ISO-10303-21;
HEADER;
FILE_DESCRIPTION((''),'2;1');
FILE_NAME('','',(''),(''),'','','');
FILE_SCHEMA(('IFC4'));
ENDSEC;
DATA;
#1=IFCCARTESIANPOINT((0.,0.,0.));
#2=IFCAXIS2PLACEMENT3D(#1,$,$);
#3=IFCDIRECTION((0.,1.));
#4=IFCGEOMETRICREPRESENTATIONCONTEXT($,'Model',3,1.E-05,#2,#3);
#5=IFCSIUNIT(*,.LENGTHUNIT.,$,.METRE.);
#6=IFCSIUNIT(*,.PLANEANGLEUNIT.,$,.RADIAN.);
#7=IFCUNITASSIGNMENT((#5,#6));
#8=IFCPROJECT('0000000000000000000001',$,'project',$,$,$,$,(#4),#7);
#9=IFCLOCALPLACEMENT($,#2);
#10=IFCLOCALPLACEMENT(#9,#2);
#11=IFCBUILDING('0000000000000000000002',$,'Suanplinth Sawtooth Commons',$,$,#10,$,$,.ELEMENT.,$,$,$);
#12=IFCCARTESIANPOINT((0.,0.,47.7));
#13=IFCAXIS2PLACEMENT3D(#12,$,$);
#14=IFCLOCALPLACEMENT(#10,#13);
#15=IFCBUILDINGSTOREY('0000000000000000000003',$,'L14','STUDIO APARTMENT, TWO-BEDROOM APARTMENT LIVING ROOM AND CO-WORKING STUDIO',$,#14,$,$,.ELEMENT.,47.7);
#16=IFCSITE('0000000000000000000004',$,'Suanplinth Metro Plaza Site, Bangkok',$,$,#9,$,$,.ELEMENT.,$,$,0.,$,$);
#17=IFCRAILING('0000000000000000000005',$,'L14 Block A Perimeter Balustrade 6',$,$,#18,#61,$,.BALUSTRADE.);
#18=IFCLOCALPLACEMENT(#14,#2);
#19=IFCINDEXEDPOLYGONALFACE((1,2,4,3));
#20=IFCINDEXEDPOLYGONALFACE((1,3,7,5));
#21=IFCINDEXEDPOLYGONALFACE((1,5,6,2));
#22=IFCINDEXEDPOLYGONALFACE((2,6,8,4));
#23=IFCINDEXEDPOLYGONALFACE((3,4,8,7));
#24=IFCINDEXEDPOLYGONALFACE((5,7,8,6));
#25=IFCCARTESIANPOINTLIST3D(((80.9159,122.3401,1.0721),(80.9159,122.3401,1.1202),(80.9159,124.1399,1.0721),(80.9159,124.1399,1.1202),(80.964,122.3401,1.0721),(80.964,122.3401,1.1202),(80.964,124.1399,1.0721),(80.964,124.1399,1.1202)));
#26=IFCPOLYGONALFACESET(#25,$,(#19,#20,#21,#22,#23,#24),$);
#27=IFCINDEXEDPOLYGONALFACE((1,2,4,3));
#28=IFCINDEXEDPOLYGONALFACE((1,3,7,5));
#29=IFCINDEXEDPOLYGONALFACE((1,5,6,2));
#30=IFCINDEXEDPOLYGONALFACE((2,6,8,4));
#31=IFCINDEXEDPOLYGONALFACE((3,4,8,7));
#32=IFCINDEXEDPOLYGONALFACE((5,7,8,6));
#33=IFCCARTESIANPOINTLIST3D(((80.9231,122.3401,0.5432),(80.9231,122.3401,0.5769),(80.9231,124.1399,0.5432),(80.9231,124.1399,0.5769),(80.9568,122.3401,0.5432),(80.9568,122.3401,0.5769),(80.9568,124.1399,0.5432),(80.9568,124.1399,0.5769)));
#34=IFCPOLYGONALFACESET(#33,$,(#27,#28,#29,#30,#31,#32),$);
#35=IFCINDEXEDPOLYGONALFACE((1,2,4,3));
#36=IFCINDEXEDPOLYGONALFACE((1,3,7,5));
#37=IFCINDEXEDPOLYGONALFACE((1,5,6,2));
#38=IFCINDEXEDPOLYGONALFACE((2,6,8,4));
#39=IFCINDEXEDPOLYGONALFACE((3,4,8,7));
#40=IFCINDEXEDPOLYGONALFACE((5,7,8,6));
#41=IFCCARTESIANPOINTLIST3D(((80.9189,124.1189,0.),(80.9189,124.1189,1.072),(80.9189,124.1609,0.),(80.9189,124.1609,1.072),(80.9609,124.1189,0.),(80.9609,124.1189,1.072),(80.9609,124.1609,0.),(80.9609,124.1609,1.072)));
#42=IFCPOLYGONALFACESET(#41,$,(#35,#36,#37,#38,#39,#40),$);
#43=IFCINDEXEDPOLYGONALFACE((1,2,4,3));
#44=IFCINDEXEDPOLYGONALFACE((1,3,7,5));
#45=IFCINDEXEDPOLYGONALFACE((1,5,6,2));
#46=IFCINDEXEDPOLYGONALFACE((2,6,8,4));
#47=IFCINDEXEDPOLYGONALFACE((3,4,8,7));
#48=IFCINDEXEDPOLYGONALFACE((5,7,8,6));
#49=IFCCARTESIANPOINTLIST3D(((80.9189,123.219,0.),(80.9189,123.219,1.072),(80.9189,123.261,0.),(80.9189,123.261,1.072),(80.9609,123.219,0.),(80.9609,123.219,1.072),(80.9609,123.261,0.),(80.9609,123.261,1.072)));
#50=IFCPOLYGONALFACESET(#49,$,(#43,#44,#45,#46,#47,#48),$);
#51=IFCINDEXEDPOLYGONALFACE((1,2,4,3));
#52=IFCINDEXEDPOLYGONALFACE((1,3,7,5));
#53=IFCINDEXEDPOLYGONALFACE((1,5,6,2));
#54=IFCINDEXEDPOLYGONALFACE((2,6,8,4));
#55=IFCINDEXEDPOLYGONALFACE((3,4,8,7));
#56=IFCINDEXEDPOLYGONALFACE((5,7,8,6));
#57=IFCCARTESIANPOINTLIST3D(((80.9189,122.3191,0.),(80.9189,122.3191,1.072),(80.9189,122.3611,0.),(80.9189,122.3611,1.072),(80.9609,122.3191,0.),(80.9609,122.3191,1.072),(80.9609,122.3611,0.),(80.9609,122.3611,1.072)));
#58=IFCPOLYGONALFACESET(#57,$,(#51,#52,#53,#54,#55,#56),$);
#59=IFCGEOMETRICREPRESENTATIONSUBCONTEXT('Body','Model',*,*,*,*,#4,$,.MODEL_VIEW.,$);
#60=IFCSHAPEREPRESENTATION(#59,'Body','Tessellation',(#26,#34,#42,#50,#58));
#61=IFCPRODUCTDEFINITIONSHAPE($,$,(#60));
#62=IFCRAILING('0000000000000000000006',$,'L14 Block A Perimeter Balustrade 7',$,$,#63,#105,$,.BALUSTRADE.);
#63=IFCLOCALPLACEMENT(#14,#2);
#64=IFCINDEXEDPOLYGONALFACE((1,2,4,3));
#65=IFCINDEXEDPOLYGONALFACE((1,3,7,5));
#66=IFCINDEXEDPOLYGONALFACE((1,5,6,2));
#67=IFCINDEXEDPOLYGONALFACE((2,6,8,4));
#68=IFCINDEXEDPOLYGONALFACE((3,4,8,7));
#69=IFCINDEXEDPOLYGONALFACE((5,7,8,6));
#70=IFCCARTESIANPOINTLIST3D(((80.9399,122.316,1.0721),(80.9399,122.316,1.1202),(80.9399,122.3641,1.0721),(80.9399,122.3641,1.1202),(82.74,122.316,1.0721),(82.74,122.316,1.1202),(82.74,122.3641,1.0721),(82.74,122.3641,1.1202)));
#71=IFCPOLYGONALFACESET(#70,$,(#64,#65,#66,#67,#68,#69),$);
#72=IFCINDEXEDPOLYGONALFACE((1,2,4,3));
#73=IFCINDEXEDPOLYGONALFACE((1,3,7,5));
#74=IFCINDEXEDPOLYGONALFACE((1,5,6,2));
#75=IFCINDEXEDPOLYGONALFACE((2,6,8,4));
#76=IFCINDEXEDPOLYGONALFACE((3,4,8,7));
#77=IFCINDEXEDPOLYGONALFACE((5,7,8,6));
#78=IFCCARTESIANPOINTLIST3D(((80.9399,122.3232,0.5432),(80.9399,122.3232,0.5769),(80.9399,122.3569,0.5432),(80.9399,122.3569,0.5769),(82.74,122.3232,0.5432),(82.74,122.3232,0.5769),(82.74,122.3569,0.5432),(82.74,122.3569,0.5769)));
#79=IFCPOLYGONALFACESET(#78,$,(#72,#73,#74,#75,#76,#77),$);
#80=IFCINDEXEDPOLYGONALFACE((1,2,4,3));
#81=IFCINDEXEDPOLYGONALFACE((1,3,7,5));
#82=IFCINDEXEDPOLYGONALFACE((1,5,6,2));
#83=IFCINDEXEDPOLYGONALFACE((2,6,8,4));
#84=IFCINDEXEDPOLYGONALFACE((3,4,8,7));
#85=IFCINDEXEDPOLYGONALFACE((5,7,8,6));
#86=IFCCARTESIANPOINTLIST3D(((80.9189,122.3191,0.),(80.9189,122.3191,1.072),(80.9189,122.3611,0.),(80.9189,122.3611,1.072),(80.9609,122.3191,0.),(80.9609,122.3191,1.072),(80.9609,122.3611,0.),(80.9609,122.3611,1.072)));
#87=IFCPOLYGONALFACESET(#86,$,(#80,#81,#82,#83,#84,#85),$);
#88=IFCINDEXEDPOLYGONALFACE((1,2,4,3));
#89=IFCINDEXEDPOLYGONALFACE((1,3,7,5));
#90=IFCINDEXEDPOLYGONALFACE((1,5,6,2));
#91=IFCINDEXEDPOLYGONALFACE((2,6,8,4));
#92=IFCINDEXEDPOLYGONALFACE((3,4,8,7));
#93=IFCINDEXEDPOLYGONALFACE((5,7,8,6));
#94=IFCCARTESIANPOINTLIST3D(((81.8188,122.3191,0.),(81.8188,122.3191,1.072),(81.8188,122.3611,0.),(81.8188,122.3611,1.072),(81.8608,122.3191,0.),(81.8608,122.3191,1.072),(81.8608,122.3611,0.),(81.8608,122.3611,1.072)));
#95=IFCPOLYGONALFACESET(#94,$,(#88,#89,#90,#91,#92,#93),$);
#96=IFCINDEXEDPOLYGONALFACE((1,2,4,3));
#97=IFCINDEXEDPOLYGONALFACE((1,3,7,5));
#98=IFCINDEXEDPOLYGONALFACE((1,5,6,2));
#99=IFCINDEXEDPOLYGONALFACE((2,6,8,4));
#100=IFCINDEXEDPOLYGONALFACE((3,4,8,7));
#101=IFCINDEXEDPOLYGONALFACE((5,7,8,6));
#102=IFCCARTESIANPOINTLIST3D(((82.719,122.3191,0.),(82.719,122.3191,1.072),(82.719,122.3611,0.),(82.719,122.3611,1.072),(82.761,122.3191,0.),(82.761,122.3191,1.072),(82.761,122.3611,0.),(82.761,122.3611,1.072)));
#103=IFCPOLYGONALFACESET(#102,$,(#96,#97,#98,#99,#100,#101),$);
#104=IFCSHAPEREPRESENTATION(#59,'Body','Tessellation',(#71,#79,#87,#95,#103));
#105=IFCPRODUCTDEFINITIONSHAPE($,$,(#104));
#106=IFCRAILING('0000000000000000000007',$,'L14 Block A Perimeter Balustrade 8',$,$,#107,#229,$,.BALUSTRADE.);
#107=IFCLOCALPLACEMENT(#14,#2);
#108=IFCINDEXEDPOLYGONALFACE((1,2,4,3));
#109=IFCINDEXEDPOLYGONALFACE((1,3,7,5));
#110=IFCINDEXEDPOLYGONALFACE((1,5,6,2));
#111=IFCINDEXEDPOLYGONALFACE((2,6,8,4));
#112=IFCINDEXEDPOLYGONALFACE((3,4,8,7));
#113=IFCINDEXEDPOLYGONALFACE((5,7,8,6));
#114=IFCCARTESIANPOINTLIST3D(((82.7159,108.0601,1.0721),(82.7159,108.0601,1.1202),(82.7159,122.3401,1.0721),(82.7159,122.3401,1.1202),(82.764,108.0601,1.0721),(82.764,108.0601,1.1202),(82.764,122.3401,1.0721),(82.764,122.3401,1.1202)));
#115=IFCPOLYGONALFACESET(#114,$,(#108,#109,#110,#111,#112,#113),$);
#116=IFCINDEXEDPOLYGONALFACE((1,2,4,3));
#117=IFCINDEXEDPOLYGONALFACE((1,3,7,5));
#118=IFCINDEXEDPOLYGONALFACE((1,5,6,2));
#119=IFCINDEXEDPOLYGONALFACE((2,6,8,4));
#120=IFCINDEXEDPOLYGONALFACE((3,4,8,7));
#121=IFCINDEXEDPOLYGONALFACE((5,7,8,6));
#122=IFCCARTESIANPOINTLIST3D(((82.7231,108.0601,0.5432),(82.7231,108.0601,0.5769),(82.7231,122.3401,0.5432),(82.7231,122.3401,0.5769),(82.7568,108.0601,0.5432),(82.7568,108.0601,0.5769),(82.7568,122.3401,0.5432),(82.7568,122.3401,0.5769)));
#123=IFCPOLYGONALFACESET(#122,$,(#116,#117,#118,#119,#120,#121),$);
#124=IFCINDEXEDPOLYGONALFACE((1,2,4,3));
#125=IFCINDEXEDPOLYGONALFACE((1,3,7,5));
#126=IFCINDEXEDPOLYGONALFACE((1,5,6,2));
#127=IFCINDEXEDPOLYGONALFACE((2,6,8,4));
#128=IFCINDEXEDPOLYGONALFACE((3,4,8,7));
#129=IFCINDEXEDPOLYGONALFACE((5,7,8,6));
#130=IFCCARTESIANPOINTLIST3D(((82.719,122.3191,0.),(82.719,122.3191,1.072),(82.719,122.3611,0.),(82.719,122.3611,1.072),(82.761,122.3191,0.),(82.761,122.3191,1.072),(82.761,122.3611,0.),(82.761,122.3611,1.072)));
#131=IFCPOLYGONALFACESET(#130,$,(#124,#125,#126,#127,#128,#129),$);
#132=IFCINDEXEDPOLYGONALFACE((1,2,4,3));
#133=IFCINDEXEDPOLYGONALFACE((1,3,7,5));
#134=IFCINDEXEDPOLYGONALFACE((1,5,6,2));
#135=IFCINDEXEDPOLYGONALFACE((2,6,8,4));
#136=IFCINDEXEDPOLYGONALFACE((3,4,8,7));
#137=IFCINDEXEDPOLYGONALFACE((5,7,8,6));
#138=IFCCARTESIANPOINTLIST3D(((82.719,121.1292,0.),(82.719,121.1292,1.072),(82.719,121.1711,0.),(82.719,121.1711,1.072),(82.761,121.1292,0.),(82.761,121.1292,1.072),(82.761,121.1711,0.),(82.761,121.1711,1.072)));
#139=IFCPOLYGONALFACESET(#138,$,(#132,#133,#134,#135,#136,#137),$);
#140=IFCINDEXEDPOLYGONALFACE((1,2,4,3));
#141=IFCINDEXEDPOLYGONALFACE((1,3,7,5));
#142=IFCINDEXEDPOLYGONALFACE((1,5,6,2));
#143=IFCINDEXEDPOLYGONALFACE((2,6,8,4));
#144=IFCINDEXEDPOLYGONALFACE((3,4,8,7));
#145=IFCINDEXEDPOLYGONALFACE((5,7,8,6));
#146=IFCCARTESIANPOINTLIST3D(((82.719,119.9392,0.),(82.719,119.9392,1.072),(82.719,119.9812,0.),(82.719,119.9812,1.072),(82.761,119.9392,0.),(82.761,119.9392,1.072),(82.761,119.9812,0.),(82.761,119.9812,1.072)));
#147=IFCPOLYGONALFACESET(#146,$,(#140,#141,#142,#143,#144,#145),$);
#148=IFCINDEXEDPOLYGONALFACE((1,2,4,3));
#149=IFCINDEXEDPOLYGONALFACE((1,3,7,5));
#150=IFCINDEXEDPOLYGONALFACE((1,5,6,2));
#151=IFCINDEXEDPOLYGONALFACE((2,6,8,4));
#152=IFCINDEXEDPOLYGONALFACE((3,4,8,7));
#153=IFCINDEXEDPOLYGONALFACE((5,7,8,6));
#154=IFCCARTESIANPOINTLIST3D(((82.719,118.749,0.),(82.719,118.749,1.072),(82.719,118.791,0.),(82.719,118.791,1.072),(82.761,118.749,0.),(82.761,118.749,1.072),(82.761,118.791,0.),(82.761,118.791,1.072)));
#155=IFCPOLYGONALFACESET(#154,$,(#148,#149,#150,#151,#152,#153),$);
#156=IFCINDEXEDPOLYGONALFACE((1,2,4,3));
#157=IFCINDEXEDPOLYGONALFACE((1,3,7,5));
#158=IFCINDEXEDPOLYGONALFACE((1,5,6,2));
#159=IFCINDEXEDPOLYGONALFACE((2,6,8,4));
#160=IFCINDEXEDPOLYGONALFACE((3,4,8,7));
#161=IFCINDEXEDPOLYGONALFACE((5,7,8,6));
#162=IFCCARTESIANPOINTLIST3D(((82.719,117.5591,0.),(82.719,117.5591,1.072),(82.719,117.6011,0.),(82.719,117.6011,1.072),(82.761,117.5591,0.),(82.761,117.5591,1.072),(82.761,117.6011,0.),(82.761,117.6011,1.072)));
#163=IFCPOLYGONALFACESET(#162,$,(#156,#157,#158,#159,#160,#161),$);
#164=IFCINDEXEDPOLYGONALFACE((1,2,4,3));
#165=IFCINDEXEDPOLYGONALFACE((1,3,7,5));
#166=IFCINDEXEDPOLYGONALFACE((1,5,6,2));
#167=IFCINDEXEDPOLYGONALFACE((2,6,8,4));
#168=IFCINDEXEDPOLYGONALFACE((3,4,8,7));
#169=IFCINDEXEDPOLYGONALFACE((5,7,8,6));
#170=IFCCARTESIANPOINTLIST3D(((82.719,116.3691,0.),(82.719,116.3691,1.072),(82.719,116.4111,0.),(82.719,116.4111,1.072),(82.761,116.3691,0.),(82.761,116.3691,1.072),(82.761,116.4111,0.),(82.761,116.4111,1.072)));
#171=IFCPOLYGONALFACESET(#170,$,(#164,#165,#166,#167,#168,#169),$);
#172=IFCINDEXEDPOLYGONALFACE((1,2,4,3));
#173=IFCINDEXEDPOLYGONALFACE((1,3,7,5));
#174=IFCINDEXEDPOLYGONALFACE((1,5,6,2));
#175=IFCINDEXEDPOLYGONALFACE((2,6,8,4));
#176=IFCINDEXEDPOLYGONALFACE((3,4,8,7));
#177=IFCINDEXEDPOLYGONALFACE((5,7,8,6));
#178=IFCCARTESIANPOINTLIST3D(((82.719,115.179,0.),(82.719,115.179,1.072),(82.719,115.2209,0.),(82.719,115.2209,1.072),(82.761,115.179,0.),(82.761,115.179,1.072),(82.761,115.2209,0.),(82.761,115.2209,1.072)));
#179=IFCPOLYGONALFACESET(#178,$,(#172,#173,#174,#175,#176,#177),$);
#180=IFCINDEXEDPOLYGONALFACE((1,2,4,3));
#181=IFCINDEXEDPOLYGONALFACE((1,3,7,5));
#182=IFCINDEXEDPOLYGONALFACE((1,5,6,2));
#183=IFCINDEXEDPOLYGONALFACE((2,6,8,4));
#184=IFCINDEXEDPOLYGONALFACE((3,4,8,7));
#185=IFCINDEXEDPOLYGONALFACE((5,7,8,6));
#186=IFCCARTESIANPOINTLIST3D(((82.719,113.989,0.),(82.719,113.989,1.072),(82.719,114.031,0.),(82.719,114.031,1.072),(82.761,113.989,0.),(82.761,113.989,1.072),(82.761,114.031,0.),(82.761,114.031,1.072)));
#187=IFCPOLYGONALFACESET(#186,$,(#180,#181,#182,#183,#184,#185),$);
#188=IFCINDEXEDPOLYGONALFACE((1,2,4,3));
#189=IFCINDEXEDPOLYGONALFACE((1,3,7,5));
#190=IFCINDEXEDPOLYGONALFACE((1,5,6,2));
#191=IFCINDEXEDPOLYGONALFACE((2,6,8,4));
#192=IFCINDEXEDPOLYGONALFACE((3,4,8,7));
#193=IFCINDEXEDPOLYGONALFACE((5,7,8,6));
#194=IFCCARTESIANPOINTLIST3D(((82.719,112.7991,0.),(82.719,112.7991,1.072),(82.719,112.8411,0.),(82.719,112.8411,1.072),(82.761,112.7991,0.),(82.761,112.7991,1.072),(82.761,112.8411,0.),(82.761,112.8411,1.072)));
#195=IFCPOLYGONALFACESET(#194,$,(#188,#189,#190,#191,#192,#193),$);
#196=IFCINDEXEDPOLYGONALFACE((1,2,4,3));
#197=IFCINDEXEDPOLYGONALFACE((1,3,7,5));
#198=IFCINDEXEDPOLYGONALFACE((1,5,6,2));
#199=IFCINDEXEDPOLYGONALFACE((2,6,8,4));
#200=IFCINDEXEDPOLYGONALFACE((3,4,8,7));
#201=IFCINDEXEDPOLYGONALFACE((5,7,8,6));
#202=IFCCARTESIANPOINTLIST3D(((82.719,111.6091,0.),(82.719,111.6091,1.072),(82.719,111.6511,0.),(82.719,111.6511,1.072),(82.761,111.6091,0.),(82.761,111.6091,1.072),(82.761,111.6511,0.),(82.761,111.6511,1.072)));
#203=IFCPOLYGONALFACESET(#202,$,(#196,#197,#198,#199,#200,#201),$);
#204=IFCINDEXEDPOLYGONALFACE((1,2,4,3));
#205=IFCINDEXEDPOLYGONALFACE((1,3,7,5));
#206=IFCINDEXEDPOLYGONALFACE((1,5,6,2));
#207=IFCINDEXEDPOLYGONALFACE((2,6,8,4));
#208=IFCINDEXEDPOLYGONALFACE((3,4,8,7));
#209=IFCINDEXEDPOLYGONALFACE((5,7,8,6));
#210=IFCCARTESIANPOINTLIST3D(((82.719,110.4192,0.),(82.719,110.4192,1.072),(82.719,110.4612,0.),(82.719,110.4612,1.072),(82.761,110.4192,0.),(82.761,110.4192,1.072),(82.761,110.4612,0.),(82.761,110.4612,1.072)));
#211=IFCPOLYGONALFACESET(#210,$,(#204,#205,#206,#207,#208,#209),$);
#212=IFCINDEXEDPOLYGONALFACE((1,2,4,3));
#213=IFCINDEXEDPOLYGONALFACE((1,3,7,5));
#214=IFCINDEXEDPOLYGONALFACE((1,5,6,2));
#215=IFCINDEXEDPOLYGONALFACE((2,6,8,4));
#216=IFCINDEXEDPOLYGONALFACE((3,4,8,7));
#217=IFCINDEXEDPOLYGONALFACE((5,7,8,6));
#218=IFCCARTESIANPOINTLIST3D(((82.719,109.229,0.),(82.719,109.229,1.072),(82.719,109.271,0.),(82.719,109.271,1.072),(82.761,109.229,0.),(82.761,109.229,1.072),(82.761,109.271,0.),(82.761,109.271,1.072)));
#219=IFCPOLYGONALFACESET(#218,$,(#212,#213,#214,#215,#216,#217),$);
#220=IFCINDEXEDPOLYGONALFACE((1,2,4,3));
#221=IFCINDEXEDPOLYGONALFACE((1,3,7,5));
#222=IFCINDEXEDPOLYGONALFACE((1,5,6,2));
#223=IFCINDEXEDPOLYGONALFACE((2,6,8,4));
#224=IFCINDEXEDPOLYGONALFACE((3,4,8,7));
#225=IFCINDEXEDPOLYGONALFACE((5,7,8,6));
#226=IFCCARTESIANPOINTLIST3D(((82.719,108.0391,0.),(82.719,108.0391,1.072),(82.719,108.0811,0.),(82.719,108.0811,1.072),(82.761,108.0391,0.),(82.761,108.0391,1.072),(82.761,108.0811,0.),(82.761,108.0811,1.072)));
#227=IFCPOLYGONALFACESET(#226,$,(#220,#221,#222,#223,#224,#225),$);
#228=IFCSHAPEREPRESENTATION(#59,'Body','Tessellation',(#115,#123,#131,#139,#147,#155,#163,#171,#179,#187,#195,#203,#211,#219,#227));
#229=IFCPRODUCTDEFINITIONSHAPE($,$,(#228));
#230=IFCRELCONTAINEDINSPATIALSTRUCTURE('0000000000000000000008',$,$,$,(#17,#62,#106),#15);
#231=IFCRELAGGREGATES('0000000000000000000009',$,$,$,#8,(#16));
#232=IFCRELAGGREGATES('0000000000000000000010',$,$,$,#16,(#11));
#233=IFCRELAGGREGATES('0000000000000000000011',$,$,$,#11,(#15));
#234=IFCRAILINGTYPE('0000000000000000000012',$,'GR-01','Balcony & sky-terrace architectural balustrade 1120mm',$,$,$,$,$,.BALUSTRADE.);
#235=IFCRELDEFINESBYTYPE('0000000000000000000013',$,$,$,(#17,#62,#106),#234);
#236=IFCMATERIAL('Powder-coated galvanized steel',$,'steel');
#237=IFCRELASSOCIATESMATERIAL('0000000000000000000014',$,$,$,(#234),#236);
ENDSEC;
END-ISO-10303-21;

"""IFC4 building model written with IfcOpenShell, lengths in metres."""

from ifc_helpers import new_model, si_unit, direction, frame, origin, origin_2d, place, context, subcontext, project, spatial, rectangle, extrude, material, type_object, element, save


model = new_model("IFC4")

# Units and contexts
model_context = context("Model", 3, precision=1e-05, world=origin(), true_north=direction((0.0, 1.0)))
body_context = subcontext(model_context, "Body", "Model", "MODEL_VIEW")
ifc_project = project(units=[si_unit("LENGTHUNIT", "METRE"), si_unit("PLANEANGLEUNIT", "RADIAN")], contexts=[model_context])

# Site, building, storey
site_placement = place(None, origin())
site = spatial("IfcSite", under=ifc_project, at=site_placement, Name="Suanplinth Metro Plaza Site, Bangkok", CompositionType="ELEMENT", RefElevation=0.0)
building_placement = place(site_placement, origin())
building = spatial("IfcBuilding", under=site, at=building_placement, Name="Suanplinth Sawtooth Commons", CompositionType="ELEMENT")
storey_placement = place(building_placement, frame((0.0, 0.0, 47.7)))
storey = spatial("IfcBuildingStorey", under=building, at=storey_placement, Name="L14", Description="STUDIO APARTMENT, TWO-BEDROOM APARTMENT LIVING ROOM AND CO-WORKING STUDIO", CompositionType="ELEMENT", Elevation=47.7)

# Railings
ifc_material_1 = material(Name="Powder-coated galvanized steel", Category="steel")
railing_type = type_object("IfcRailingType", Name="GR-01", Description="Balcony & sky-terrace architectural balustrade 1120mm", PredefinedType="BALUSTRADE", material=ifc_material_1)
railing_1_placement = place(storey_placement, frame((80.9399, 124.1399, 0.0)))
element("IfcRailing", 1, at=railing_1_placement, inside=storey, type_object=railing_type, Name="L14 Block A Perimeter Balustrade 6", PredefinedType="BALUSTRADE", context=body_context, shape_type="SweptSolid", body=[
    extrude(rectangle(XDim=0.0481, YDim=0.0481, at=origin_2d()), frame((0.0, 0.0, 1.0962), z_axis=(0.0, -1.0, 0.0), x_axis=(1.0, 0.0, 0.0)), (0.0, 0.0, 1.0), 1.7998),
    extrude(rectangle(XDim=0.0337, YDim=0.0337, at=origin_2d()), frame((0.0, 0.0, 0.5601), z_axis=(0.0, -1.0, 0.0), x_axis=(1.0, 0.0, 0.0)), (0.0, 0.0, 1.0), 1.7998),
    extrude(rectangle(XDim=0.042, YDim=0.042, at=origin_2d()), origin(), (0.0, 0.0, 1.0), 1.072),
    extrude(rectangle(XDim=0.042, YDim=0.042, at=origin_2d()), frame((0.0, -0.8999, 0.0)), (0.0, 0.0, 1.0), 1.072),
    extrude(rectangle(XDim=0.042, YDim=0.042, at=origin_2d()), frame((0.0, -1.7998, 0.0)), (0.0, 0.0, 1.0), 1.072),
])
railing_2_placement = place(storey_placement, frame((80.9399, 122.3401, 0.0)))
element("IfcRailing", 2, at=railing_2_placement, inside=storey, type_object=railing_type, Name="L14 Block A Perimeter Balustrade 7", PredefinedType="BALUSTRADE", context=body_context, shape_type="SweptSolid", body=[
    extrude(rectangle(XDim=0.0481, YDim=0.0481, at=origin_2d()), frame((0.0, 0.0, 1.0962), z_axis=(1.0, 0.0, 0.0), x_axis=(0.0, 1.0, 0.0)), (0.0, 0.0, 1.0), 1.8),
    extrude(rectangle(XDim=0.0337, YDim=0.0337, at=origin_2d()), frame((0.0, 0.0, 0.5601), z_axis=(1.0, 0.0, 0.0), x_axis=(0.0, 1.0, 0.0)), (0.0, 0.0, 1.0), 1.8),
    extrude(rectangle(XDim=0.042, YDim=0.042, at=origin_2d()), origin(), (0.0, 0.0, 1.0), 1.072),
    extrude(rectangle(XDim=0.042, YDim=0.042, at=origin_2d()), frame((0.8999, 0.0, 0.0)), (0.0, 0.0, 1.0), 1.072),
    extrude(rectangle(XDim=0.042, YDim=0.042, at=origin_2d()), frame((1.8, 0.0, 0.0)), (0.0, 0.0, 1.0), 1.072),
])
railing_3_placement = place(storey_placement, frame((82.74, 122.3401, 0.0)))
element("IfcRailing", 3, at=railing_3_placement, inside=storey, type_object=railing_type, Name="L14 Block A Perimeter Balustrade 8", PredefinedType="BALUSTRADE", context=body_context, shape_type="SweptSolid", body=[
    extrude(rectangle(XDim=0.0481, YDim=0.0481, at=origin_2d()), frame((0.0, 0.0, 1.0962), z_axis=(0.0, -1.0, 0.0), x_axis=(1.0, 0.0, 0.0)), (0.0, 0.0, 1.0), 14.28),
    extrude(rectangle(XDim=0.0337, YDim=0.0337, at=origin_2d()), frame((0.0, 0.0, 0.5601), z_axis=(0.0, -1.0, 0.0), x_axis=(1.0, 0.0, 0.0)), (0.0, 0.0, 1.0), 14.28),
    extrude(rectangle(XDim=0.042, YDim=0.042, at=origin_2d()), origin(), (0.0, 0.0, 1.0), 1.072),
    extrude(rectangle(XDim=0.042, YDim=0.042, at=origin_2d()), frame((0.0, -1.1899, 0.0)), (0.0, 0.0, 1.0), 1.072),
    extrude(rectangle(XDim=0.042, YDim=0.042, at=origin_2d()), frame((0.0, -2.3799, 0.0)), (0.0, 0.0, 1.0), 1.072),
    extrude(rectangle(XDim=0.042, YDim=0.042, at=origin_2d()), frame((0.0, -3.5701, 0.0)), (0.0, 0.0, 1.0), 1.072),
    extrude(rectangle(XDim=0.042, YDim=0.042, at=origin_2d()), frame((0.0, -4.76, 0.0)), (0.0, 0.0, 1.0), 1.072),
    extrude(rectangle(XDim=0.042, YDim=0.042, at=origin_2d()), frame((0.0, -5.95, 0.0)), (0.0, 0.0, 1.0), 1.072),
    extrude(rectangle(XDim=0.042, YDim=0.042, at=origin_2d()), frame((0.0, -7.1401, 0.0)), (0.0, 0.0, 1.0), 1.072),
    extrude(rectangle(XDim=0.042, YDim=0.042, at=origin_2d()), frame((0.0, -8.3301, 0.0)), (0.0, 0.0, 1.0), 1.072),
    extrude(rectangle(XDim=0.042, YDim=0.042, at=origin_2d()), frame((0.0, -9.52, 0.0)), (0.0, 0.0, 1.0), 1.072),
    extrude(rectangle(XDim=0.042, YDim=0.042, at=origin_2d()), frame((0.0, -10.71, 0.0)), (0.0, 0.0, 1.0), 1.072),
    extrude(rectangle(XDim=0.042, YDim=0.042, at=origin_2d()), frame((0.0, -11.8999, 0.0)), (0.0, 0.0, 1.0), 1.072),
    extrude(rectangle(XDim=0.042, YDim=0.042, at=origin_2d()), frame((0.0, -13.0901, 0.0)), (0.0, 0.0, 1.0), 1.072),
    extrude(rectangle(XDim=0.042, YDim=0.042, at=origin_2d()), frame((0.0, -14.28, 0.0)), (0.0, 0.0, 1.0), 1.072),
])

save(model, "model.ifc")
